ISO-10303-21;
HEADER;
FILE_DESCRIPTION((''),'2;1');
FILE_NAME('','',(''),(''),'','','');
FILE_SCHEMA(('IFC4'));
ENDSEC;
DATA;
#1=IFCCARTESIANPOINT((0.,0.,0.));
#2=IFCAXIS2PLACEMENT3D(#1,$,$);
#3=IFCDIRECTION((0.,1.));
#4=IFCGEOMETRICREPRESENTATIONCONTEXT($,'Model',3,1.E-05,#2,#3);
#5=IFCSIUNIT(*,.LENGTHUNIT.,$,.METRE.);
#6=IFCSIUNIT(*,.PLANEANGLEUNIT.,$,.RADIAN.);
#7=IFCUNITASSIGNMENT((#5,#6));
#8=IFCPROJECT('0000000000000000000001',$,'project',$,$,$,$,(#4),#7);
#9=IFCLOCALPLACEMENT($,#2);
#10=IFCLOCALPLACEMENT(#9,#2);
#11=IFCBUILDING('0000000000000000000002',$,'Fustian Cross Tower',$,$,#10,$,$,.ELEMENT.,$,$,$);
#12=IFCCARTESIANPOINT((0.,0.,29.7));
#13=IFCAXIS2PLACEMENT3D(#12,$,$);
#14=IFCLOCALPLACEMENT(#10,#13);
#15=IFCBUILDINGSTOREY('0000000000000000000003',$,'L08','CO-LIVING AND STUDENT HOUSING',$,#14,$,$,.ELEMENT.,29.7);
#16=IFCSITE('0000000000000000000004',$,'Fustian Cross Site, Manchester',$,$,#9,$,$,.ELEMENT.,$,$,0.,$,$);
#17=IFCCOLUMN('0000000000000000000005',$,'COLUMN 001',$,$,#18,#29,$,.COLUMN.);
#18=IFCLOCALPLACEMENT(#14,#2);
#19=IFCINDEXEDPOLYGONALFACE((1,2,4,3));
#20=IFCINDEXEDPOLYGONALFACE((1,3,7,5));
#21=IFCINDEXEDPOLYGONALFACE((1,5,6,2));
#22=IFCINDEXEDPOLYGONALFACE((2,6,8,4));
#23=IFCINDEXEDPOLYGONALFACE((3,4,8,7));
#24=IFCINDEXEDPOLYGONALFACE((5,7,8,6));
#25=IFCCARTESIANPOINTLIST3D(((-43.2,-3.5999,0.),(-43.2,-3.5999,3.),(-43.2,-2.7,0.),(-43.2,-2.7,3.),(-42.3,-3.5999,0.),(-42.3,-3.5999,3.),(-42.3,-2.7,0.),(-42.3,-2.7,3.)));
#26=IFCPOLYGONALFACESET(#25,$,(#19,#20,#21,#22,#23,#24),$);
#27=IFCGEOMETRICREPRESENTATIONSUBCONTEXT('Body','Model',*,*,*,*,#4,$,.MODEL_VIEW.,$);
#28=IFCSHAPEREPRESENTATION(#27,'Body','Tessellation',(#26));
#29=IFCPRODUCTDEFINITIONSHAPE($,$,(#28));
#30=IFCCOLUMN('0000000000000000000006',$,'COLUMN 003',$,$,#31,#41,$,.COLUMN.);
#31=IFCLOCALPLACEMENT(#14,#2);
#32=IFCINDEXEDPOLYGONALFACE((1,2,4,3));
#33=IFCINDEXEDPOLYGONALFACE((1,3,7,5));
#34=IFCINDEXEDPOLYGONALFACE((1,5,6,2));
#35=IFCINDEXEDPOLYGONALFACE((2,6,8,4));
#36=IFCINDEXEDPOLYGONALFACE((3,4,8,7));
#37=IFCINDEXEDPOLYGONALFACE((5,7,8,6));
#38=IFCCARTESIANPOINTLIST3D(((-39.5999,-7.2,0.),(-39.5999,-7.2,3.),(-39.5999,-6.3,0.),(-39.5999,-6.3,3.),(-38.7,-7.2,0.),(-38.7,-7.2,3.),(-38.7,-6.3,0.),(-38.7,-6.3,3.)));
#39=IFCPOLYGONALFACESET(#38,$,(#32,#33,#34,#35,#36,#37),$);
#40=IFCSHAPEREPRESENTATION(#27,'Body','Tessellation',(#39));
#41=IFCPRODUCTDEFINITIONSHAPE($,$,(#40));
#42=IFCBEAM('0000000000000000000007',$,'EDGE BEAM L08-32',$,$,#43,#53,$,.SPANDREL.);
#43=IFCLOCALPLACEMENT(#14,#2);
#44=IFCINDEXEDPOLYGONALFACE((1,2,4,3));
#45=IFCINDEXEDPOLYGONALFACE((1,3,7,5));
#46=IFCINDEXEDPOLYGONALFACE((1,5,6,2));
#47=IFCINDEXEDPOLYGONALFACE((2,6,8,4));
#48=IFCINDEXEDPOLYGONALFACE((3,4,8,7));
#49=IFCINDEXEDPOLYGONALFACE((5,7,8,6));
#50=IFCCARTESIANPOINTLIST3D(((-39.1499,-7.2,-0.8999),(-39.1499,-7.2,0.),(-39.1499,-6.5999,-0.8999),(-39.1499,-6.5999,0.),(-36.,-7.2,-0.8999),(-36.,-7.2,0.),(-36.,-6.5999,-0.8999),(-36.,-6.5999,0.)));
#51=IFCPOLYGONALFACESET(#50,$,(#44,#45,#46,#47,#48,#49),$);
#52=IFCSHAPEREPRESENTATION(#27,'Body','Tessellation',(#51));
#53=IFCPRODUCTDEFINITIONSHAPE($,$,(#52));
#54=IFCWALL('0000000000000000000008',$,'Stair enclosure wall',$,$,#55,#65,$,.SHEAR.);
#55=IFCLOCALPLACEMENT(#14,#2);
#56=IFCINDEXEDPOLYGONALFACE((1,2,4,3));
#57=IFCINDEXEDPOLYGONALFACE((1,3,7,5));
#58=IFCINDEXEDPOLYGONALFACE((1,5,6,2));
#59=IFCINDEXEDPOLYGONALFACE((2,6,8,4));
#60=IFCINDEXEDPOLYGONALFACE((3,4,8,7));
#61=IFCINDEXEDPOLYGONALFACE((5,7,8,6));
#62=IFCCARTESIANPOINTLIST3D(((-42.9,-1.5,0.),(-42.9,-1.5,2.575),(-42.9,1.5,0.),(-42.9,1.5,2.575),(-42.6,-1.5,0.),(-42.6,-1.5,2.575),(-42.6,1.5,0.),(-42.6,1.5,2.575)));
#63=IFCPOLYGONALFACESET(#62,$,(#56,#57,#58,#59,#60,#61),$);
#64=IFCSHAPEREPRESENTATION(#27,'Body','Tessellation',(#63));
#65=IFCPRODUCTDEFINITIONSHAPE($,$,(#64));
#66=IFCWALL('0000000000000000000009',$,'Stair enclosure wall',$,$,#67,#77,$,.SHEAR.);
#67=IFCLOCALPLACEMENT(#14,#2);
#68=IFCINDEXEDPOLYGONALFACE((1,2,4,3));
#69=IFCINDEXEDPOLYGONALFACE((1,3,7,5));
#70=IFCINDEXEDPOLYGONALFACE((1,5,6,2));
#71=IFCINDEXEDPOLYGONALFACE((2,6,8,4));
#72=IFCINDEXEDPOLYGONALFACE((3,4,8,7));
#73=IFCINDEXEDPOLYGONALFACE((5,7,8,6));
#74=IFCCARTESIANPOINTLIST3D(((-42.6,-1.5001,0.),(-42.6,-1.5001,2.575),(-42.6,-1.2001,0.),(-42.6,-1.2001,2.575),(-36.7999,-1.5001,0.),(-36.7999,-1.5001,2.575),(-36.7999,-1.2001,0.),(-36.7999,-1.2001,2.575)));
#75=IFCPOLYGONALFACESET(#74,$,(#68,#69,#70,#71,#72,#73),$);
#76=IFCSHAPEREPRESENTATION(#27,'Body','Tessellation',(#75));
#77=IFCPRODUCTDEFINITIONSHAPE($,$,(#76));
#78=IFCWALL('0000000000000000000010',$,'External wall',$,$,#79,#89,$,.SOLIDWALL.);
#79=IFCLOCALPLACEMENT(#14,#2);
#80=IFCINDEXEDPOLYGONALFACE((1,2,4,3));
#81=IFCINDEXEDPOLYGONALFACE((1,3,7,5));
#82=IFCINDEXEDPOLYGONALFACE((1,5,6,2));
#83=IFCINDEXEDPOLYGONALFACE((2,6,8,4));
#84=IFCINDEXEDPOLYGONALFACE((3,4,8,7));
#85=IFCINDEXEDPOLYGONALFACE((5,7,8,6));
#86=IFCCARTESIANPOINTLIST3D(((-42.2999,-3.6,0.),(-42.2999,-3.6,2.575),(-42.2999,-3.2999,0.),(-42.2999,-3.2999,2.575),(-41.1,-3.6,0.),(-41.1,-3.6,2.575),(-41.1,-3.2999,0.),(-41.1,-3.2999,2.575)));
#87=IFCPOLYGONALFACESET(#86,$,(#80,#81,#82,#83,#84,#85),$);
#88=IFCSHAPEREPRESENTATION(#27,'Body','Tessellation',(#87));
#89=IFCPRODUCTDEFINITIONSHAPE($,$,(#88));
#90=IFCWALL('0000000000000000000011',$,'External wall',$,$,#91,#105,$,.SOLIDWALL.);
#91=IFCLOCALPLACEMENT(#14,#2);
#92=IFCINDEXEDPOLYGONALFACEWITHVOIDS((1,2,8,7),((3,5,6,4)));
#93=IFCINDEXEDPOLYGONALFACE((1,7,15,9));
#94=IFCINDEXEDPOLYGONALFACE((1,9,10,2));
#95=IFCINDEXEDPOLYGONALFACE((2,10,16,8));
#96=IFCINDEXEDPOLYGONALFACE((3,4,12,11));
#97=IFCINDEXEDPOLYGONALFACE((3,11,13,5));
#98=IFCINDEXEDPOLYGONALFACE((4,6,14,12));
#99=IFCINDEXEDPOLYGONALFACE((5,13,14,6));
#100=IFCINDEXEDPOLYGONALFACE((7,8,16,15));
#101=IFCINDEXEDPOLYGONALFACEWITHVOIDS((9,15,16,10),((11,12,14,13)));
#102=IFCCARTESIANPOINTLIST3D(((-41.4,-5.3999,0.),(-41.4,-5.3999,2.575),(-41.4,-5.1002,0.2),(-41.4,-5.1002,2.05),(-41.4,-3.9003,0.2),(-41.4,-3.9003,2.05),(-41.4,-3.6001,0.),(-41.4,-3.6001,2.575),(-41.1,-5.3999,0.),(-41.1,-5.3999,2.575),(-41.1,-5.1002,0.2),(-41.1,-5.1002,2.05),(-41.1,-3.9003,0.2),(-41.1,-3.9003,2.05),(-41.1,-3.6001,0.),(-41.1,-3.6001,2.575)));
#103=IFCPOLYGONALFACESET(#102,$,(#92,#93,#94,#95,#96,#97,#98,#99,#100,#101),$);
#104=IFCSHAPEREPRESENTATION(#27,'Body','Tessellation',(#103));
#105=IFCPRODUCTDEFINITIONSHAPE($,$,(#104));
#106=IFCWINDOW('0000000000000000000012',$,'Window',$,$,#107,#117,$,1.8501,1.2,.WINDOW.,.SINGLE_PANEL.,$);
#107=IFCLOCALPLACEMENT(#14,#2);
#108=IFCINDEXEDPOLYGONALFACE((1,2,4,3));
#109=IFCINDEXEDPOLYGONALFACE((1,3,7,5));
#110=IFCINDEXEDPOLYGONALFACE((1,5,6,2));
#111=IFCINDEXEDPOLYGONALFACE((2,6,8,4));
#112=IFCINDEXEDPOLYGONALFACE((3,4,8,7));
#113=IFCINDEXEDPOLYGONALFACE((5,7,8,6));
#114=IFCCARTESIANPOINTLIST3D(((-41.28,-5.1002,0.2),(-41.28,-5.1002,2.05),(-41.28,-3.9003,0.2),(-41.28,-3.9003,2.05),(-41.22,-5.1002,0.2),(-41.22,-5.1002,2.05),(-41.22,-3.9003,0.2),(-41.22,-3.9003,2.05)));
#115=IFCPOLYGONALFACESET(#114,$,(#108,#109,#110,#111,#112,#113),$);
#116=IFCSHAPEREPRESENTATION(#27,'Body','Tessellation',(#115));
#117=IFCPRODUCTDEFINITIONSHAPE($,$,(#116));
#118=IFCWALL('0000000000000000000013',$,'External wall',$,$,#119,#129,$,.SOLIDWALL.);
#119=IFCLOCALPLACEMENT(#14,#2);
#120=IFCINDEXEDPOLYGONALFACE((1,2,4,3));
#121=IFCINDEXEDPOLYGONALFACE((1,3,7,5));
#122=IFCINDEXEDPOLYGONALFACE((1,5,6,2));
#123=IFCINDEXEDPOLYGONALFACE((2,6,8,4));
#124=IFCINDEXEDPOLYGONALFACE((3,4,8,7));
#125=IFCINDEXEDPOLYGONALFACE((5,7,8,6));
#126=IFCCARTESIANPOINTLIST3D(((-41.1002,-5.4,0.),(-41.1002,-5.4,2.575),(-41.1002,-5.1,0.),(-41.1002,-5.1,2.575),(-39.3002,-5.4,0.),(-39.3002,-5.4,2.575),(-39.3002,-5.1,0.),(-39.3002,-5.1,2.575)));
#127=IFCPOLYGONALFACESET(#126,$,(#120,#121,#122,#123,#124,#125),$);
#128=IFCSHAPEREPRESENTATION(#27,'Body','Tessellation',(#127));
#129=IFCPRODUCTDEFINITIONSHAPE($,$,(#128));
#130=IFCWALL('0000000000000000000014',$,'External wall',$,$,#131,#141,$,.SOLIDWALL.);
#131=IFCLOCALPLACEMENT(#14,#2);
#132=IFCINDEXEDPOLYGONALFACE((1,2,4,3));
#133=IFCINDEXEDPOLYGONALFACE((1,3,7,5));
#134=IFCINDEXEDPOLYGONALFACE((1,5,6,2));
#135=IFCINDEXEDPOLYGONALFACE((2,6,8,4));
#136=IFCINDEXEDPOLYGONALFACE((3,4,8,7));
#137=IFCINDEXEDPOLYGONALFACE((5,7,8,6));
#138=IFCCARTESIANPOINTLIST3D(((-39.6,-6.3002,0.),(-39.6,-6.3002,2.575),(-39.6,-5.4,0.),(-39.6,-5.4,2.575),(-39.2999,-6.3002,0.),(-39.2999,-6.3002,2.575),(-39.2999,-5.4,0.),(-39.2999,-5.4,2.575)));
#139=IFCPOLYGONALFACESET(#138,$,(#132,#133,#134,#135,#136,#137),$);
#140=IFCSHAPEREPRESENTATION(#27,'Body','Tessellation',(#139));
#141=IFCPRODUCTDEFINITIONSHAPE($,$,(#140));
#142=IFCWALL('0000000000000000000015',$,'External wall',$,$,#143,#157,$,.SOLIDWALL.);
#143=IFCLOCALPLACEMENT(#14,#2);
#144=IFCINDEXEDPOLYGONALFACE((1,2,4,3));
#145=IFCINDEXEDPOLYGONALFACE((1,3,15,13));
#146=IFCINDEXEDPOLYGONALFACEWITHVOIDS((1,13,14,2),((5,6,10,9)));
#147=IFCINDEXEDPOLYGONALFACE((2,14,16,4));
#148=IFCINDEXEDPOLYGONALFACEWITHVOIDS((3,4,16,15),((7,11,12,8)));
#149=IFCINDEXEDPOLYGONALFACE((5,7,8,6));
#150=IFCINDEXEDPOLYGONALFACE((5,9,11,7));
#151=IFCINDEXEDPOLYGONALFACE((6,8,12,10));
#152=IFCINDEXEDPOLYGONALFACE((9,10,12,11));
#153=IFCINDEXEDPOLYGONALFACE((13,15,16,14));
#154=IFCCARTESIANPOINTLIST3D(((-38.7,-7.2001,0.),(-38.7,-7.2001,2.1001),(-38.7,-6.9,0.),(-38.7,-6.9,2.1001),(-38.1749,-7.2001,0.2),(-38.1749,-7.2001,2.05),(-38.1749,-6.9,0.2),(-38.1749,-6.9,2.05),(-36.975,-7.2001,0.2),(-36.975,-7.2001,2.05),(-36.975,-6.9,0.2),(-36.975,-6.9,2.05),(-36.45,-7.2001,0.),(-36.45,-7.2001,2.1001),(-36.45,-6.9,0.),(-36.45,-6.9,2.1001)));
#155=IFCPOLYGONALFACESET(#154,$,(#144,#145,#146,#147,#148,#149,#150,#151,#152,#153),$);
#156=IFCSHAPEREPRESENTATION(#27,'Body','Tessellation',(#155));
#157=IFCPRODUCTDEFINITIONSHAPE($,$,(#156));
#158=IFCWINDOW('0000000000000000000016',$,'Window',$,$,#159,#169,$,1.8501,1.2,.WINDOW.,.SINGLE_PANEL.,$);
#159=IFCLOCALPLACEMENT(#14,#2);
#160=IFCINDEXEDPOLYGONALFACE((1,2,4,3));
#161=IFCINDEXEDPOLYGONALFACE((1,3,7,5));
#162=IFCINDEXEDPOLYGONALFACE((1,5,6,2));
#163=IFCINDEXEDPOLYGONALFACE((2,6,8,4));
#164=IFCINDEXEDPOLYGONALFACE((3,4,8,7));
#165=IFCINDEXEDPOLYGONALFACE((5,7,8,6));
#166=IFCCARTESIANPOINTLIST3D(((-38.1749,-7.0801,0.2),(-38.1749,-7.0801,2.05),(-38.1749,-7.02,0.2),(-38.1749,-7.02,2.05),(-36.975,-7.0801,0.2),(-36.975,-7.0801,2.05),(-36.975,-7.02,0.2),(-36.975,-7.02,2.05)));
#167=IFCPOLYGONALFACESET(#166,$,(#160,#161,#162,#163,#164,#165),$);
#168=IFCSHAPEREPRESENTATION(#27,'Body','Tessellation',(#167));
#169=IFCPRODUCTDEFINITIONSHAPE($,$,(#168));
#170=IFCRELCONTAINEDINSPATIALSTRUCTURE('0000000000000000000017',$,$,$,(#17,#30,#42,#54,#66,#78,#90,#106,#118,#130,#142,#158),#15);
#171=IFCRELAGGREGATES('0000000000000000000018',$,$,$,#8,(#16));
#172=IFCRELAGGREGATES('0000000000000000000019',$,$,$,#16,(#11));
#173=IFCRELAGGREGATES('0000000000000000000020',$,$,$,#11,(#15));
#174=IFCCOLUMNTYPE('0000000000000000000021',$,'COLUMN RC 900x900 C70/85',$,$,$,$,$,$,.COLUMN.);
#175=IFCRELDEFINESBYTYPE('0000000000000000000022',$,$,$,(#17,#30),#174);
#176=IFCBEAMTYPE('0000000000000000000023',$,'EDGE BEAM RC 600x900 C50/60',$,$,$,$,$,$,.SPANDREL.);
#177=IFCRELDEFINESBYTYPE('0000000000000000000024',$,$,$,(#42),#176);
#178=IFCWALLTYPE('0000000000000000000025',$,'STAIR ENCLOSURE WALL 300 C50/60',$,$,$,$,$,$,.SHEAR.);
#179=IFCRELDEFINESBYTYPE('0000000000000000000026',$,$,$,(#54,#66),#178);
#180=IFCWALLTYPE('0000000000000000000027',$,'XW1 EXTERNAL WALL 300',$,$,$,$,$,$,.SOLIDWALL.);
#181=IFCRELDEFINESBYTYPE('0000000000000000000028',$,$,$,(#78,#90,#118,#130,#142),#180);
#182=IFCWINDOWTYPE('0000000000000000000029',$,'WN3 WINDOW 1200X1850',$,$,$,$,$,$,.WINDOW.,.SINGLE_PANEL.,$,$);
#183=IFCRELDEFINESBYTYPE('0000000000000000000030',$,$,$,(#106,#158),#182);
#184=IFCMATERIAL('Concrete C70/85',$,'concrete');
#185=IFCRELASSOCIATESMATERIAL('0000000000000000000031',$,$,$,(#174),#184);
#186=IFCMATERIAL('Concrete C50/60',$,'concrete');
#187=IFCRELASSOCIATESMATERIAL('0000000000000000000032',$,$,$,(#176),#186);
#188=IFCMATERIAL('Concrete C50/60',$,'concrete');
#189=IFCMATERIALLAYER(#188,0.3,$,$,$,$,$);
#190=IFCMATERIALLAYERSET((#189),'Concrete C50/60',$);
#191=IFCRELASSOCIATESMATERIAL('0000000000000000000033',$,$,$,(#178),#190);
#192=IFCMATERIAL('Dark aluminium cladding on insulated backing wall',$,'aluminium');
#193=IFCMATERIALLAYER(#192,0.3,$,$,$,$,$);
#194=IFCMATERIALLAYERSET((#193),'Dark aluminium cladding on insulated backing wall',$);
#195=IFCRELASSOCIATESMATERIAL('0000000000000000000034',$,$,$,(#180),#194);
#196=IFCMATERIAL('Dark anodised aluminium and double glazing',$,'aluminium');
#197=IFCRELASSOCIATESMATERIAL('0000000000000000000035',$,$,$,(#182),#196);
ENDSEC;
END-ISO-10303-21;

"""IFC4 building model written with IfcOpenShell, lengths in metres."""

from ifc_helpers import new_model, si_unit, direction, frame, frame_2d, origin, origin_2d, place, context, subcontext, project, spatial, rectangle, extrude, material, layer, layer_set, material_profile, profile_set, type_object, element, fill, save


model = new_model("IFC4")

# Units and contexts
model_context = context("Model", 3, precision=1e-05, world=origin(), true_north=direction((0.0, 1.0)))
body_context = subcontext(model_context, "Body", "Model", "MODEL_VIEW")
ifc_project = project(units=[si_unit("LENGTHUNIT", "METRE"), si_unit("PLANEANGLEUNIT", "RADIAN")], contexts=[model_context])

# Site, building, storey
site_placement = place(None, origin())
site = spatial("IfcSite", under=ifc_project, at=site_placement, Name="Fustian Cross Site, Manchester", CompositionType="ELEMENT", RefElevation=0.0)
building_placement = place(site_placement, origin())
building = spatial("IfcBuilding", under=site, at=building_placement, Name="Fustian Cross Tower", CompositionType="ELEMENT")
storey_placement = place(building_placement, frame((0.0, 0.0, 29.7)))
storey = spatial("IfcBuildingStorey", under=building, at=storey_placement, Name="L08", Description="CO-LIVING AND STUDENT HOUSING", CompositionType="ELEMENT", Elevation=29.7)

# Columns
ifc_material_1 = material(Name="Concrete C70/85", Category="concrete")
ifc_material_profile_1 = material_profile(ifc_material_1, rectangle(XDim=0.8999, YDim=0.8999, at=origin_2d()), Name="RC 900x900")
ifc_profile_set_1 = profile_set([ifc_material_profile_1], Name="Concrete C70/85")
column_type = type_object("IfcColumnType", Name="COLUMN RC 900x900 C70/85", PredefinedType="COLUMN", material=ifc_profile_set_1)
for number, where, z_axis, x_axis, name in (
    (1, (-42.75, -3.1499, 0.0), (0.0, 0.0, 1.0), (1.0, 0.0, 0.0), "COLUMN 001"),
    (2, (-39.1499, -6.75, 0.0), (0.0, 0.0, 1.0), (1.0, 0.0, 0.0), "COLUMN 003"),
):
    element("IfcColumn", number, at=place(storey_placement, frame(where, z_axis=z_axis, x_axis=x_axis)), inside=storey, type_object=column_type, Name=name, PredefinedType="COLUMN", context=body_context, shape_type="SweptSolid", body=[
        extrude(rectangle(XDim=0.8999, YDim=0.8999, at=origin_2d()), origin(), (0.0, 0.0, 1.0), 3.0),
    ])

# Beam
ifc_material_2 = material(Name="Concrete C50/60", Category="concrete")
ifc_material_profile_2 = material_profile(ifc_material_2, rectangle(XDim=0.6001, YDim=0.8999, at=origin_2d()), Name="RC 600x900")
ifc_profile_set_2 = profile_set([ifc_material_profile_2], Name="Concrete C50/60")
beam_type = type_object("IfcBeamType", Name="EDGE BEAM RC 600x900 C50/60", PredefinedType="SPANDREL", material=ifc_profile_set_2)
beam_placement = place(storey_placement, frame((-39.1499, -6.8999, -0.45), z_axis=(1.0, 0.0, 0.0), x_axis=(0.0, 1.0, 0.0)))
element("IfcBeam", 3, at=beam_placement, inside=storey, type_object=beam_type, Name="EDGE BEAM L08-32", PredefinedType="SPANDREL", context=body_context, shape_type="SweptSolid", body=[
    extrude(rectangle(XDim=0.6001, YDim=0.8999, at=origin_2d()), origin(), (0.0, 0.0, 1.0), 3.1499),
])

# Walls
ifc_material_3 = material(Name="Concrete C50/60", Category="concrete")
ifc_layer_1 = layer(ifc_material_3, 0.3)
ifc_layer_set_1 = layer_set([ifc_layer_1], Name="Concrete C50/60")
wall_type_1 = type_object("IfcWallType", Name="STAIR ENCLOSURE WALL 300 C50/60", PredefinedType="SHEAR", material=ifc_layer_set_1)
wall_1_placement = place(storey_placement, frame((-42.75, -1.5, 0.0), z_axis=(0.0, 0.0, 1.0), x_axis=(0.0, 1.0, 0.0)))
element("IfcWall", 4, at=wall_1_placement, inside=storey, type_object=wall_type_1, Name="Stair enclosure wall", PredefinedType="SHEAR", context=body_context, shape_type="SweptSolid", body=[
    extrude(rectangle(XDim=3.0, YDim=0.3, at=frame_2d((1.5, 0.0))), origin(), (0.0, 0.0, 1.0), 2.575),
])
wall_2_placement = place(storey_placement, frame((-36.8, -1.3501, 0.0), z_axis=(0.0, 0.0, 1.0), x_axis=(-1.0, 0.0, 0.0)))
element("IfcWall", 5, at=wall_2_placement, inside=storey, type_object=wall_type_1, Name="Stair enclosure wall", PredefinedType="SHEAR", context=body_context, shape_type="SweptSolid", body=[
    extrude(rectangle(XDim=5.8, YDim=0.3, at=frame_2d((2.8999, 0.0))), origin(), (0.0, 0.0, 1.0), 2.575),
])
ifc_material_4 = material(Name="Dark aluminium cladding on insulated backing wall", Category="aluminium")
ifc_layer_2 = layer(ifc_material_4, 0.3)
ifc_layer_set_2 = layer_set([ifc_layer_2], Name="Dark aluminium cladding on insulated backing wall")
wall_type_2 = type_object("IfcWallType", Name="XW1 EXTERNAL WALL 300", PredefinedType="SOLIDWALL", material=ifc_layer_set_2)
wall_3_placement = place(storey_placement, frame((-42.3, -3.45, 0.0), z_axis=(0.0, 0.0, 1.0), x_axis=(1.0, 0.0, 0.0)))
element("IfcWall", 6, at=wall_3_placement, inside=storey, type_object=wall_type_2, Name="External wall", PredefinedType="SOLIDWALL", context=body_context, shape_type="SweptSolid", body=[
    extrude(rectangle(XDim=1.2, YDim=0.3, at=frame_2d((0.6001, 0.0))), origin(), (0.0, 0.0, 1.0), 2.575),
])

# Wall, opening, window
wall_4_placement = place(storey_placement, frame((-41.25, -3.6001, 0.0), z_axis=(0.0, 0.0, 1.0), x_axis=(0.0, -1.0, 0.0)))
wall_4 = element("IfcWall", 7, at=wall_4_placement, inside=storey, type_object=wall_type_2, Name="External wall", PredefinedType="SOLIDWALL", context=body_context, shape_type="SweptSolid", body=[
    extrude(rectangle(XDim=1.7998, YDim=0.3, at=frame_2d((0.8999, 0.0))), origin(), (0.0, 0.0, 1.0), 2.575),
])
opening_1_placement = place(wall_4_placement, frame((0.3, 0.0, 0.2)))
opening_1 = element("IfcOpeningElement", 8, at=opening_1_placement, cuts=wall_4, PredefinedType="OPENING", context=body_context, shape_type="SweptSolid", body=[
    extrude(rectangle(XDim=1.2, YDim=1.8501, at=frame_2d((0.6001, 0.925))), frame((0.0, 0.1599, 0.0), z_axis=(0.0, -1.0, 0.0), x_axis=(1.0, 0.0, 0.0)), (0.0, 0.0, 1.0), 0.3201),
])
ifc_material_5 = material(Name="Dark anodised aluminium and double glazing", Category="aluminium")
window_type = type_object("IfcWindowType", Name="WN3 WINDOW 1200X1850", PartitioningType="SINGLE_PANEL", PredefinedType="WINDOW", material=ifc_material_5)
window_1_placement = place(opening_1_placement, origin())
window_1 = element("IfcWindow", 9, at=window_1_placement, inside=storey, type_object=window_type, Name="Window", OverallHeight=1.8501, OverallWidth=1.2, PartitioningType="SINGLE_PANEL", PredefinedType="WINDOW", context=body_context, shape_type="SweptSolid", body=[
    extrude(rectangle(XDim=1.2, YDim=1.8501, at=frame_2d((0.6001, 0.925))), frame((0.0, 0.03, 0.0), z_axis=(0.0, -1.0, 0.0), x_axis=(1.0, 0.0, 0.0)), (0.0, 0.0, 1.0), 0.0601),
])
fill(opening_1, window_1)

# Walls
wall_5_placement = place(storey_placement, frame((-41.1001, -5.25, 0.0), z_axis=(0.0, 0.0, 1.0), x_axis=(1.0, 0.0, 0.0)))
element("IfcWall", 10, at=wall_5_placement, inside=storey, type_object=wall_type_2, Name="External wall", PredefinedType="SOLIDWALL", context=body_context, shape_type="SweptSolid", body=[
    extrude(rectangle(XDim=1.8, YDim=0.3, at=frame_2d((0.8999, 0.0))), origin(), (0.0, 0.0, 1.0), 2.575),
])
wall_6_placement = place(storey_placement, frame((-39.45, -5.3999, 0.0), z_axis=(0.0, 0.0, 1.0), x_axis=(0.0, -1.0, 0.0)))
element("IfcWall", 11, at=wall_6_placement, inside=storey, type_object=wall_type_2, Name="External wall", PredefinedType="SOLIDWALL", context=body_context, shape_type="SweptSolid", body=[
    extrude(rectangle(XDim=0.9001, YDim=0.3, at=frame_2d((0.4502, 0.0))), origin(), (0.0, 0.0, 1.0), 2.575),
])

# Wall, opening, window
wall_7_placement = place(storey_placement, frame((-38.7, -7.05, 0.0), z_axis=(0.0, 0.0, 1.0), x_axis=(1.0, 0.0, 0.0)))
wall_7 = element("IfcWall", 12, at=wall_7_placement, inside=storey, type_object=wall_type_2, Name="External wall", PredefinedType="SOLIDWALL", context=body_context, shape_type="SweptSolid", body=[
    extrude(rectangle(XDim=2.25, YDim=0.3, at=frame_2d((1.125, 0.0))), origin(), (0.0, 0.0, 1.0), 2.1001),
])
opening_2_placement = place(wall_7_placement, frame((0.5249, 0.0, 0.2)))
opening_2 = element("IfcOpeningElement", 13, at=opening_2_placement, cuts=wall_7, PredefinedType="OPENING", context=body_context, shape_type="SweptSolid", body=[
    extrude(rectangle(XDim=1.2, YDim=1.8501, at=frame_2d((0.6001, 0.925))), frame((0.0, 0.1599, 0.0), z_axis=(0.0, -1.0, 0.0), x_axis=(1.0, 0.0, 0.0)), (0.0, 0.0, 1.0), 0.3201),
])
window_2_placement = place(opening_2_placement, origin())
window_2 = element("IfcWindow", 14, at=window_2_placement, inside=storey, type_object=window_type, Name="Window", OverallHeight=1.8501, OverallWidth=1.2, PartitioningType="SINGLE_PANEL", PredefinedType="WINDOW", context=body_context, shape_type="SweptSolid", body=[
    extrude(rectangle(XDim=1.2, YDim=1.8501, at=frame_2d((0.6001, 0.925))), frame((0.0, 0.03, 0.0), z_axis=(0.0, -1.0, 0.0), x_axis=(1.0, 0.0, 0.0)), (0.0, 0.0, 1.0), 0.0601),
])
fill(opening_2, window_2)

save(model, "model.ifc")
